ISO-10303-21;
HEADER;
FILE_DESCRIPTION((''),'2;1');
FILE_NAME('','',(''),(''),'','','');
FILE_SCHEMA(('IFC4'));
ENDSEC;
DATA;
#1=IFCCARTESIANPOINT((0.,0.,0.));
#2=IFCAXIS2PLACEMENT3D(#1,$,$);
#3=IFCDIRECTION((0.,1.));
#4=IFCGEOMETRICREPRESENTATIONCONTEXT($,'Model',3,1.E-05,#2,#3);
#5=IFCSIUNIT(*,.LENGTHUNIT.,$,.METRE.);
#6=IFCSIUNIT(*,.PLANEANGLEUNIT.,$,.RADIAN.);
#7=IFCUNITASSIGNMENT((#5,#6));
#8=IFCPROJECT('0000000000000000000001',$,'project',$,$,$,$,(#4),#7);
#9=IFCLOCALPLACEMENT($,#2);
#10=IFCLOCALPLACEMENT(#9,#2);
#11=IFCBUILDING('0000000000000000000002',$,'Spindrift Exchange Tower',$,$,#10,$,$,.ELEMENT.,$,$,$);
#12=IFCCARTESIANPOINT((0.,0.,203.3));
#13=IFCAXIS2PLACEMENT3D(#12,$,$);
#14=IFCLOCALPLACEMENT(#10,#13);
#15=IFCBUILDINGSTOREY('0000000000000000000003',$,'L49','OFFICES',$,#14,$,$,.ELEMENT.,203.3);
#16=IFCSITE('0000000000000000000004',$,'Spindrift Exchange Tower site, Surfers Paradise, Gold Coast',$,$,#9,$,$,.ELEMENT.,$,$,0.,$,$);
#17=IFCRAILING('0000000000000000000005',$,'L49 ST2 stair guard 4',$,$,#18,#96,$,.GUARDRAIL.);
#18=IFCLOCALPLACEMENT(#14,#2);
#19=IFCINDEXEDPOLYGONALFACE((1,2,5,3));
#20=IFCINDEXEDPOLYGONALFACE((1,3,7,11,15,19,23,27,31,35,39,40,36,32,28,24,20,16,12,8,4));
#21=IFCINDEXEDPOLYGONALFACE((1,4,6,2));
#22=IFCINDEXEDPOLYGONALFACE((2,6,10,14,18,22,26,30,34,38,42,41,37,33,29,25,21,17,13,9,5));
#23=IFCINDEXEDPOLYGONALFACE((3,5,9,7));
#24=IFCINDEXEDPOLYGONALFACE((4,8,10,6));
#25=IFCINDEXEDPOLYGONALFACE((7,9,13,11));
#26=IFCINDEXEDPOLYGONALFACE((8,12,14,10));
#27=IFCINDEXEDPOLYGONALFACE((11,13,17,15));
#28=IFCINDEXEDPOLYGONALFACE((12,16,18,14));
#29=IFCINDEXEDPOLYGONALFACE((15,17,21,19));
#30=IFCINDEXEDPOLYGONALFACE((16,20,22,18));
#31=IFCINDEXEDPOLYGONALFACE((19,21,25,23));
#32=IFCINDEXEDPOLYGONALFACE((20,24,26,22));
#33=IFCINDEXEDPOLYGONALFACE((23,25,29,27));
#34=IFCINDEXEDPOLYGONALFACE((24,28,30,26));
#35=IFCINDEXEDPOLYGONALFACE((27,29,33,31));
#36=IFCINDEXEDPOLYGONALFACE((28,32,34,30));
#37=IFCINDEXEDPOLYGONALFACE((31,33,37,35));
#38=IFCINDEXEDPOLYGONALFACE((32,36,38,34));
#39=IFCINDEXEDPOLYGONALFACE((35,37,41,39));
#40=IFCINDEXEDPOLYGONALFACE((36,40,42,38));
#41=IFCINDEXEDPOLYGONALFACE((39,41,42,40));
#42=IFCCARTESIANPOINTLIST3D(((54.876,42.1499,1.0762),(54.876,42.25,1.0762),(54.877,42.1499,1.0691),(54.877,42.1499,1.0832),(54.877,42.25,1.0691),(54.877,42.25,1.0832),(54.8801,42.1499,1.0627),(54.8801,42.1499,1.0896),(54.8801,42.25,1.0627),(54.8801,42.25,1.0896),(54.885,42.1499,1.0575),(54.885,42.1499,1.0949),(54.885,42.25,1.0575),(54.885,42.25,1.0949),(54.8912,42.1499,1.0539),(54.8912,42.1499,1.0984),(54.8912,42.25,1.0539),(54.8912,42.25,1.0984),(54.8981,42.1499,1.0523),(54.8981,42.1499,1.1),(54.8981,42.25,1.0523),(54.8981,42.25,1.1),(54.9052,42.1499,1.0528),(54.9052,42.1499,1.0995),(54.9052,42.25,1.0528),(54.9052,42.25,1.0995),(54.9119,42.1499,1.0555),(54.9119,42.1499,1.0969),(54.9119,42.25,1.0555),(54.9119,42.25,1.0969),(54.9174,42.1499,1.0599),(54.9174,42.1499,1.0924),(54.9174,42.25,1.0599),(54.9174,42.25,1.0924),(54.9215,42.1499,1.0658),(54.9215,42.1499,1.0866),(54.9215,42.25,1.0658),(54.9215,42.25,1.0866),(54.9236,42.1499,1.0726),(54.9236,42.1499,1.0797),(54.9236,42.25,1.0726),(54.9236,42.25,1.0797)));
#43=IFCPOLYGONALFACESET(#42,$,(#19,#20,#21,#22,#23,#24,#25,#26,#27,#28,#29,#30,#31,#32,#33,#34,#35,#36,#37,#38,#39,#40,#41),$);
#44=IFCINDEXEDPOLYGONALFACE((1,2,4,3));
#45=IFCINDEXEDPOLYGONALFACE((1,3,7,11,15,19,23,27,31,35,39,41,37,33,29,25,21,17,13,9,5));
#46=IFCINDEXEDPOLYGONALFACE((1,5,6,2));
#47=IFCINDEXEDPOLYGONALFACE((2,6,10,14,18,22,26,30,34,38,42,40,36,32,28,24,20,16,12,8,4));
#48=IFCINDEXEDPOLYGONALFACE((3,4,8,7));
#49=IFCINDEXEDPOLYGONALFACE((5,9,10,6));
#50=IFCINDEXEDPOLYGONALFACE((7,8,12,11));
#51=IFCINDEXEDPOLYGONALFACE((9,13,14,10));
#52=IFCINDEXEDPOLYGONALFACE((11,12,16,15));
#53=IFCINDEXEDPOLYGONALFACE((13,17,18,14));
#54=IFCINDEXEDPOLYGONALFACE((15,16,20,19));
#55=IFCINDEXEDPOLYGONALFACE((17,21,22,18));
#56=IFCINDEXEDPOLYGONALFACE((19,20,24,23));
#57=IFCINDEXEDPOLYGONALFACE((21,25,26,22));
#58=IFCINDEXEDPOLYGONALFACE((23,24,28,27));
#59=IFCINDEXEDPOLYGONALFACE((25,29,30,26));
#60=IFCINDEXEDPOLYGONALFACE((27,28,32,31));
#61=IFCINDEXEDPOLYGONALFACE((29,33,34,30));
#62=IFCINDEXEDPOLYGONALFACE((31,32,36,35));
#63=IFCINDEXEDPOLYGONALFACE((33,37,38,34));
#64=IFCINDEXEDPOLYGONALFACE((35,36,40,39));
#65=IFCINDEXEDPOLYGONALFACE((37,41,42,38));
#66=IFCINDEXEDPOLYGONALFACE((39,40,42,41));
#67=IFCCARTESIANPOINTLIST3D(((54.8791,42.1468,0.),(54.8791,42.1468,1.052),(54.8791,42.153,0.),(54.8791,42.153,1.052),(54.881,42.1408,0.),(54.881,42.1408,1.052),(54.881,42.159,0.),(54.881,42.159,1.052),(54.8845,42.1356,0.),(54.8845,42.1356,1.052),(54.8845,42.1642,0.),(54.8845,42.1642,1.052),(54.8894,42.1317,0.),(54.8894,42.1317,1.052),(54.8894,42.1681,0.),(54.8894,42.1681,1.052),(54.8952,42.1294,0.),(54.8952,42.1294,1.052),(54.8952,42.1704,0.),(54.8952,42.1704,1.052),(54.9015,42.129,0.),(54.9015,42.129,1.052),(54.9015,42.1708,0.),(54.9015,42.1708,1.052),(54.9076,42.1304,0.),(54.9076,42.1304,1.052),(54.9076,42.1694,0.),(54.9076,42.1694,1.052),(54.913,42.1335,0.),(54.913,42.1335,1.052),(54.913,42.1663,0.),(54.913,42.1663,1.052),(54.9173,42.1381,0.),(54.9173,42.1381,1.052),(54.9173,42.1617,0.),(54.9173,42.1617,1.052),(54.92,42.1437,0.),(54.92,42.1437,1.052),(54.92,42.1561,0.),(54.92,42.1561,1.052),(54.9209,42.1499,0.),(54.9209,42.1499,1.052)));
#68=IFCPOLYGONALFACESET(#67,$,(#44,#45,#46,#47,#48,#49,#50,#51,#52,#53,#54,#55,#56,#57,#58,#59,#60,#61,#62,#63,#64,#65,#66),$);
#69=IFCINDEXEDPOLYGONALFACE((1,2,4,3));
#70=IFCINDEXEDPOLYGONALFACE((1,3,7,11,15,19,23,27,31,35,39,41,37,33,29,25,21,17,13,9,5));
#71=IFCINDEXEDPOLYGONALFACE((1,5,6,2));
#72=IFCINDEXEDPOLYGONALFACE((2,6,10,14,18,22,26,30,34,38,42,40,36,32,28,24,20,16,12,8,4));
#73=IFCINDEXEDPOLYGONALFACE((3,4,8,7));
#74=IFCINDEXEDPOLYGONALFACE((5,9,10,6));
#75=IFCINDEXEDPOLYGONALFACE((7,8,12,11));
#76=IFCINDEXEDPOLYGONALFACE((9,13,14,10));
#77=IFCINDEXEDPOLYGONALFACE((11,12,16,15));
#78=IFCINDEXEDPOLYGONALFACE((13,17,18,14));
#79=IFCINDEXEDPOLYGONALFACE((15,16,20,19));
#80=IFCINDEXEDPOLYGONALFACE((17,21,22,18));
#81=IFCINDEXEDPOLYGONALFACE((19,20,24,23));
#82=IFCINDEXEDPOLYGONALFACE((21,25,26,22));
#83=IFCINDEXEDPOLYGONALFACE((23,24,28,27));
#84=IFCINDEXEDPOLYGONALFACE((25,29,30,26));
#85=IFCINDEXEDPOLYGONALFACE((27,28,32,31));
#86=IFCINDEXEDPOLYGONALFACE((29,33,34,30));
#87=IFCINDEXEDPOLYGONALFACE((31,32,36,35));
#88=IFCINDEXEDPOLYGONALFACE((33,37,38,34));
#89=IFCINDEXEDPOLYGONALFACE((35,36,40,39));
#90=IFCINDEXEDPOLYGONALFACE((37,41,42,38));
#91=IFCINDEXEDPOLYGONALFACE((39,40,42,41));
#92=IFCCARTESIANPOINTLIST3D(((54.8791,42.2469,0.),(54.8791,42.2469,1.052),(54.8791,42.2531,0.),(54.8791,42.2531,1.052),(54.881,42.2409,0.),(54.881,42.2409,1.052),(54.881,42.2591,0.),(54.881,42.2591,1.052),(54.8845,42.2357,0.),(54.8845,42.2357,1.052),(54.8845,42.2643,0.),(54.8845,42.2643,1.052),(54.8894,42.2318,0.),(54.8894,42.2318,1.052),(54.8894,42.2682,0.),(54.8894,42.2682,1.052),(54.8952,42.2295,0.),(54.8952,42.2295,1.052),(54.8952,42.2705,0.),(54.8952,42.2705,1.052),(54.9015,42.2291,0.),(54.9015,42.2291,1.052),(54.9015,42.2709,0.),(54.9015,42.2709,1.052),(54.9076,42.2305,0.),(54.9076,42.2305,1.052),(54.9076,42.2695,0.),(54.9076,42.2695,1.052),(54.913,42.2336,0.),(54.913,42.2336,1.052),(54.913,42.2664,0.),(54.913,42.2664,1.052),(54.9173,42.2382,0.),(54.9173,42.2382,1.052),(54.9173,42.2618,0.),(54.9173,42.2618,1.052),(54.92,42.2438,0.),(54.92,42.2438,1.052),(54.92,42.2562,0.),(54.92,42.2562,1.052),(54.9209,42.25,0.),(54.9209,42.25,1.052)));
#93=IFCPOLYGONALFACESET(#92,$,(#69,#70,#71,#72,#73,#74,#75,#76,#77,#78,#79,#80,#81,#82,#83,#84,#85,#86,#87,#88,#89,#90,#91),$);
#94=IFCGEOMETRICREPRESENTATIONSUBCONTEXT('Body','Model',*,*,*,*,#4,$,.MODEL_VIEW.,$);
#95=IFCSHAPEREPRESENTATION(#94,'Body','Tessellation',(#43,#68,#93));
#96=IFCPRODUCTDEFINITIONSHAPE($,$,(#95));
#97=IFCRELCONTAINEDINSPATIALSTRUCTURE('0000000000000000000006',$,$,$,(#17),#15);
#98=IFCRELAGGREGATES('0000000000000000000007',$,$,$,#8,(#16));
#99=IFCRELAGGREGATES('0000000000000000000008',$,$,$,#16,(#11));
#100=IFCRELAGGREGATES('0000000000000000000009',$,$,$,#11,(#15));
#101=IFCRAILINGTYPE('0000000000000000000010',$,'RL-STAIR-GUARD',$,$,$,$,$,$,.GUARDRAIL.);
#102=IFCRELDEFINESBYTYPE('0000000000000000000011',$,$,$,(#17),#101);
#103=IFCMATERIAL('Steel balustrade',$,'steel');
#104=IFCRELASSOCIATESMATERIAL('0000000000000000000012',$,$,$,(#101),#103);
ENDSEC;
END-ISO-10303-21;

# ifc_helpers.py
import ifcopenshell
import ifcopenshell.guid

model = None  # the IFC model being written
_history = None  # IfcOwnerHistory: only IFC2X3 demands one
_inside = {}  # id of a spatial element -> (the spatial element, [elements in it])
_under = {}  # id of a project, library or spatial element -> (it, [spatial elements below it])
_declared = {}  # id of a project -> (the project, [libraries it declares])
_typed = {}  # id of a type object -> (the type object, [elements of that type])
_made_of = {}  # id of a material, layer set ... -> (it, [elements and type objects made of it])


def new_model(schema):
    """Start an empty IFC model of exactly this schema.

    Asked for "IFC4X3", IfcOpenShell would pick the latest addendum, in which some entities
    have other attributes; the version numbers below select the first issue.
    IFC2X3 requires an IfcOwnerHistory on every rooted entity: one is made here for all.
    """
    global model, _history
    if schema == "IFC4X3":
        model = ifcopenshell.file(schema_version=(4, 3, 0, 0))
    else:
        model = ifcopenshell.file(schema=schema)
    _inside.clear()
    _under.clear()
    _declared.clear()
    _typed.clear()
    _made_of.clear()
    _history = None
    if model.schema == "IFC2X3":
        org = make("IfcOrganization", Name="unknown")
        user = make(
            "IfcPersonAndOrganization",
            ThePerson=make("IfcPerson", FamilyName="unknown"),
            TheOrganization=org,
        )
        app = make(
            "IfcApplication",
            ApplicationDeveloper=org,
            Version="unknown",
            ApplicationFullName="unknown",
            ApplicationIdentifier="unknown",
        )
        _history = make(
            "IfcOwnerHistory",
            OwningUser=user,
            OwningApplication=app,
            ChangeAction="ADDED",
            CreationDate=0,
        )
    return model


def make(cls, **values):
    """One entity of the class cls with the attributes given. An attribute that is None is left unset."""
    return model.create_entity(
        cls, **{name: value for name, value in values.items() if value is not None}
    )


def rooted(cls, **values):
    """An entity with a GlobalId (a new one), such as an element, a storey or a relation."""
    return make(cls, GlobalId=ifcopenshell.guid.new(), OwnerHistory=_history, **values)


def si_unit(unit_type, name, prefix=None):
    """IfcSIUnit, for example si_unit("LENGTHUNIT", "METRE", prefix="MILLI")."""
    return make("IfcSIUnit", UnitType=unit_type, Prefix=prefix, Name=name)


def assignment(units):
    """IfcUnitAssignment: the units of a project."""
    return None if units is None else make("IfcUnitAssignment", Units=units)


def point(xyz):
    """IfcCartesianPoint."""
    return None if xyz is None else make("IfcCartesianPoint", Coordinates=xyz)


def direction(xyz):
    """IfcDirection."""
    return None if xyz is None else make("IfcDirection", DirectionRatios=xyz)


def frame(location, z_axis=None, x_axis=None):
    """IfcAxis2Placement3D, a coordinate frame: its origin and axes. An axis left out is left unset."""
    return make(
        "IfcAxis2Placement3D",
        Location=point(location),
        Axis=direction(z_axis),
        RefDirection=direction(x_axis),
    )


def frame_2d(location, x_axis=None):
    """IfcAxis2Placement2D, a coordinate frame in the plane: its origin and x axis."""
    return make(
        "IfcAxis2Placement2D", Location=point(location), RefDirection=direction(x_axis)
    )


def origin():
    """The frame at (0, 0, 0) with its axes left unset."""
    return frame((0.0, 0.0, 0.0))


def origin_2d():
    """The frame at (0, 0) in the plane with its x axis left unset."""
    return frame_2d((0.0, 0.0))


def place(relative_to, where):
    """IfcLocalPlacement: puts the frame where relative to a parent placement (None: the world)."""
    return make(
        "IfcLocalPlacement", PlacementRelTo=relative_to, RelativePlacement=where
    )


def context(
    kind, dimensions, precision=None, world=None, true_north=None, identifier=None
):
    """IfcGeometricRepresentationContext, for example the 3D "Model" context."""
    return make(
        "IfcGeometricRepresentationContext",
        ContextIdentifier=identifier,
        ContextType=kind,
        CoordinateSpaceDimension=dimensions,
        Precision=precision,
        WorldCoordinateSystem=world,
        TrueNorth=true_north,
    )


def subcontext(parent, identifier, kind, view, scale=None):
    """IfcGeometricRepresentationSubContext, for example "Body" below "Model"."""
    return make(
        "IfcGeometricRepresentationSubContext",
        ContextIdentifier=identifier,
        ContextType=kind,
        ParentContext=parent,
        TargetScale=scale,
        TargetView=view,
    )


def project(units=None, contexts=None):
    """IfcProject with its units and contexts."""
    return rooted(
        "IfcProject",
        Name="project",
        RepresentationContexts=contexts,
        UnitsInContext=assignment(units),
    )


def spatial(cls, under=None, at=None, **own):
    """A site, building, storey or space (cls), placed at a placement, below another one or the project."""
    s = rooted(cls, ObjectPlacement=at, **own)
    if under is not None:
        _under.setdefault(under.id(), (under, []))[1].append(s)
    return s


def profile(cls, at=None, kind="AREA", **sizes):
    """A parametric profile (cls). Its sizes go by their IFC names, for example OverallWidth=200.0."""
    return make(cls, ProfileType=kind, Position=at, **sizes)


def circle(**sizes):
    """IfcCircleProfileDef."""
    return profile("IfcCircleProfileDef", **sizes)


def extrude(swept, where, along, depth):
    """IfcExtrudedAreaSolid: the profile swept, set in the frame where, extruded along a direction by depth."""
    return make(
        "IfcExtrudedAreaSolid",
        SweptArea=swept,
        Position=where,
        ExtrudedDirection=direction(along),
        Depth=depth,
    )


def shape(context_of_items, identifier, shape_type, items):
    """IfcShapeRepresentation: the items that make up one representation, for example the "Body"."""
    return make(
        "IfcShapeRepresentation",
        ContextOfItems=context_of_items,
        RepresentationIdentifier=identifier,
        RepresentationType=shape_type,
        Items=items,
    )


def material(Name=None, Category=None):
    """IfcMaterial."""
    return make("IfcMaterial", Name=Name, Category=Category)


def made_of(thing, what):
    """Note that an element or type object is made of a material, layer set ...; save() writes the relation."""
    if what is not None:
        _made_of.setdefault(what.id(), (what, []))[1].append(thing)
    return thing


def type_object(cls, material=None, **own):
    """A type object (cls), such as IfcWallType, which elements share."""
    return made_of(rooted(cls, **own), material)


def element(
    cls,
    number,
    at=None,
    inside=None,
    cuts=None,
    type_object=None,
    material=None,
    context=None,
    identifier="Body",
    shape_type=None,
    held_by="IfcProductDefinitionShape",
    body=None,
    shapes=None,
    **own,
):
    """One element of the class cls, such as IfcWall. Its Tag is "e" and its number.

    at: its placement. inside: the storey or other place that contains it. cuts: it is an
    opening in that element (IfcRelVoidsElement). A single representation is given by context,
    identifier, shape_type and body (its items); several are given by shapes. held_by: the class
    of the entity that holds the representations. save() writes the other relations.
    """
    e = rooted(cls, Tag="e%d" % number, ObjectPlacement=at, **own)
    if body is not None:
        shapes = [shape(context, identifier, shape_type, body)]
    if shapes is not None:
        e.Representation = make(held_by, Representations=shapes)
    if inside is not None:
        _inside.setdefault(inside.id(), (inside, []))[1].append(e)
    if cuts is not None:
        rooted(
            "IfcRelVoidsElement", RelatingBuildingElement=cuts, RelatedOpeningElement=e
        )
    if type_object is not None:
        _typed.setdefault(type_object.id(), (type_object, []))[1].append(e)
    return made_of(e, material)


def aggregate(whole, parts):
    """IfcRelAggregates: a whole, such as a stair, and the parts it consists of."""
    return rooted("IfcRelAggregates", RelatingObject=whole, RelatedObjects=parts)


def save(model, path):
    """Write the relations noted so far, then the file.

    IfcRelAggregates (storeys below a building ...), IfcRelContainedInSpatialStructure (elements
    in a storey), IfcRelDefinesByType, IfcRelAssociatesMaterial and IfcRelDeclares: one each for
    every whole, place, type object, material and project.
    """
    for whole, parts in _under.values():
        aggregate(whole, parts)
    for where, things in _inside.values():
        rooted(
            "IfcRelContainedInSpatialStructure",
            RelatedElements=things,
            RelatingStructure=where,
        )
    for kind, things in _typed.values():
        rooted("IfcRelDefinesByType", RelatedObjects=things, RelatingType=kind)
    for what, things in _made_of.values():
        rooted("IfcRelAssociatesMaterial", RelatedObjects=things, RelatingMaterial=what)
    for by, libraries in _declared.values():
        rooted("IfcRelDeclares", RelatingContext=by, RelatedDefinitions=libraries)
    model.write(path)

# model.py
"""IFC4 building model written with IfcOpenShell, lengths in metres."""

from ifc_helpers import new_model, si_unit, direction, frame, origin, origin_2d, place, context, subcontext, project, spatial, circle, extrude, material, type_object, element, save


model = new_model("IFC4")

# Units and contexts
model_context = context("Model", 3, precision=1e-05, world=origin(), true_north=direction((0.0, 1.0)))
body_context = subcontext(model_context, "Body", "Model", "MODEL_VIEW")
ifc_project = project(units=[si_unit("LENGTHUNIT", "METRE"), si_unit("PLANEANGLEUNIT", "RADIAN")], contexts=[model_context])

# Site, building, storey
site_placement = place(None, origin())
site = spatial("IfcSite", under=ifc_project, at=site_placement, Name="Spindrift Exchange Tower site, Surfers Paradise, Gold Coast", CompositionType="ELEMENT", RefElevation=0.0)
building_placement = place(site_placement, origin())
building = spatial("IfcBuilding", under=site, at=building_placement, Name="Spindrift Exchange Tower", CompositionType="ELEMENT")
storey_placement = place(building_placement, frame((0.0, 0.0, 203.3)))
storey = spatial("IfcBuildingStorey", under=building, at=storey_placement, Name="L49", Description="OFFICES", CompositionType="ELEMENT", Elevation=203.3)

# Railing
ifc_material_1 = material(Name="Steel balustrade", Category="steel")
railing_type_1 = type_object("IfcRailingType", Name="RL-STAIR-GUARD", PredefinedType="GUARDRAIL", material=ifc_material_1)
railing_1_placement = place(storey_placement, frame((54.8999, 42.1499, 0.0)))
element("IfcRailing", 1, at=railing_1_placement, inside=storey, type_object=railing_type_1, Name="L49 ST2 stair guard 4", PredefinedType="GUARDRAIL", context=body_context, shape_type="SweptSolid", body=[
    extrude(circle(Radius=0.0239, at=origin_2d()), frame((0.0, 0.0, 1.0762), z_axis=(0.0, 1.0, 0.0), x_axis=(-1.0, 0.0, 0.0)), (0.0, 0.0, 1.0), 0.1001),
    extrude(circle(Radius=0.021, at=origin_2d()), origin(), (0.0, 0.0, 1.0), 1.052),
    extrude(circle(Radius=0.021, at=origin_2d()), frame((0.0, 0.1001, 0.0)), (0.0, 0.0, 1.0), 1.052),
])

save(model, "model.ifc")
